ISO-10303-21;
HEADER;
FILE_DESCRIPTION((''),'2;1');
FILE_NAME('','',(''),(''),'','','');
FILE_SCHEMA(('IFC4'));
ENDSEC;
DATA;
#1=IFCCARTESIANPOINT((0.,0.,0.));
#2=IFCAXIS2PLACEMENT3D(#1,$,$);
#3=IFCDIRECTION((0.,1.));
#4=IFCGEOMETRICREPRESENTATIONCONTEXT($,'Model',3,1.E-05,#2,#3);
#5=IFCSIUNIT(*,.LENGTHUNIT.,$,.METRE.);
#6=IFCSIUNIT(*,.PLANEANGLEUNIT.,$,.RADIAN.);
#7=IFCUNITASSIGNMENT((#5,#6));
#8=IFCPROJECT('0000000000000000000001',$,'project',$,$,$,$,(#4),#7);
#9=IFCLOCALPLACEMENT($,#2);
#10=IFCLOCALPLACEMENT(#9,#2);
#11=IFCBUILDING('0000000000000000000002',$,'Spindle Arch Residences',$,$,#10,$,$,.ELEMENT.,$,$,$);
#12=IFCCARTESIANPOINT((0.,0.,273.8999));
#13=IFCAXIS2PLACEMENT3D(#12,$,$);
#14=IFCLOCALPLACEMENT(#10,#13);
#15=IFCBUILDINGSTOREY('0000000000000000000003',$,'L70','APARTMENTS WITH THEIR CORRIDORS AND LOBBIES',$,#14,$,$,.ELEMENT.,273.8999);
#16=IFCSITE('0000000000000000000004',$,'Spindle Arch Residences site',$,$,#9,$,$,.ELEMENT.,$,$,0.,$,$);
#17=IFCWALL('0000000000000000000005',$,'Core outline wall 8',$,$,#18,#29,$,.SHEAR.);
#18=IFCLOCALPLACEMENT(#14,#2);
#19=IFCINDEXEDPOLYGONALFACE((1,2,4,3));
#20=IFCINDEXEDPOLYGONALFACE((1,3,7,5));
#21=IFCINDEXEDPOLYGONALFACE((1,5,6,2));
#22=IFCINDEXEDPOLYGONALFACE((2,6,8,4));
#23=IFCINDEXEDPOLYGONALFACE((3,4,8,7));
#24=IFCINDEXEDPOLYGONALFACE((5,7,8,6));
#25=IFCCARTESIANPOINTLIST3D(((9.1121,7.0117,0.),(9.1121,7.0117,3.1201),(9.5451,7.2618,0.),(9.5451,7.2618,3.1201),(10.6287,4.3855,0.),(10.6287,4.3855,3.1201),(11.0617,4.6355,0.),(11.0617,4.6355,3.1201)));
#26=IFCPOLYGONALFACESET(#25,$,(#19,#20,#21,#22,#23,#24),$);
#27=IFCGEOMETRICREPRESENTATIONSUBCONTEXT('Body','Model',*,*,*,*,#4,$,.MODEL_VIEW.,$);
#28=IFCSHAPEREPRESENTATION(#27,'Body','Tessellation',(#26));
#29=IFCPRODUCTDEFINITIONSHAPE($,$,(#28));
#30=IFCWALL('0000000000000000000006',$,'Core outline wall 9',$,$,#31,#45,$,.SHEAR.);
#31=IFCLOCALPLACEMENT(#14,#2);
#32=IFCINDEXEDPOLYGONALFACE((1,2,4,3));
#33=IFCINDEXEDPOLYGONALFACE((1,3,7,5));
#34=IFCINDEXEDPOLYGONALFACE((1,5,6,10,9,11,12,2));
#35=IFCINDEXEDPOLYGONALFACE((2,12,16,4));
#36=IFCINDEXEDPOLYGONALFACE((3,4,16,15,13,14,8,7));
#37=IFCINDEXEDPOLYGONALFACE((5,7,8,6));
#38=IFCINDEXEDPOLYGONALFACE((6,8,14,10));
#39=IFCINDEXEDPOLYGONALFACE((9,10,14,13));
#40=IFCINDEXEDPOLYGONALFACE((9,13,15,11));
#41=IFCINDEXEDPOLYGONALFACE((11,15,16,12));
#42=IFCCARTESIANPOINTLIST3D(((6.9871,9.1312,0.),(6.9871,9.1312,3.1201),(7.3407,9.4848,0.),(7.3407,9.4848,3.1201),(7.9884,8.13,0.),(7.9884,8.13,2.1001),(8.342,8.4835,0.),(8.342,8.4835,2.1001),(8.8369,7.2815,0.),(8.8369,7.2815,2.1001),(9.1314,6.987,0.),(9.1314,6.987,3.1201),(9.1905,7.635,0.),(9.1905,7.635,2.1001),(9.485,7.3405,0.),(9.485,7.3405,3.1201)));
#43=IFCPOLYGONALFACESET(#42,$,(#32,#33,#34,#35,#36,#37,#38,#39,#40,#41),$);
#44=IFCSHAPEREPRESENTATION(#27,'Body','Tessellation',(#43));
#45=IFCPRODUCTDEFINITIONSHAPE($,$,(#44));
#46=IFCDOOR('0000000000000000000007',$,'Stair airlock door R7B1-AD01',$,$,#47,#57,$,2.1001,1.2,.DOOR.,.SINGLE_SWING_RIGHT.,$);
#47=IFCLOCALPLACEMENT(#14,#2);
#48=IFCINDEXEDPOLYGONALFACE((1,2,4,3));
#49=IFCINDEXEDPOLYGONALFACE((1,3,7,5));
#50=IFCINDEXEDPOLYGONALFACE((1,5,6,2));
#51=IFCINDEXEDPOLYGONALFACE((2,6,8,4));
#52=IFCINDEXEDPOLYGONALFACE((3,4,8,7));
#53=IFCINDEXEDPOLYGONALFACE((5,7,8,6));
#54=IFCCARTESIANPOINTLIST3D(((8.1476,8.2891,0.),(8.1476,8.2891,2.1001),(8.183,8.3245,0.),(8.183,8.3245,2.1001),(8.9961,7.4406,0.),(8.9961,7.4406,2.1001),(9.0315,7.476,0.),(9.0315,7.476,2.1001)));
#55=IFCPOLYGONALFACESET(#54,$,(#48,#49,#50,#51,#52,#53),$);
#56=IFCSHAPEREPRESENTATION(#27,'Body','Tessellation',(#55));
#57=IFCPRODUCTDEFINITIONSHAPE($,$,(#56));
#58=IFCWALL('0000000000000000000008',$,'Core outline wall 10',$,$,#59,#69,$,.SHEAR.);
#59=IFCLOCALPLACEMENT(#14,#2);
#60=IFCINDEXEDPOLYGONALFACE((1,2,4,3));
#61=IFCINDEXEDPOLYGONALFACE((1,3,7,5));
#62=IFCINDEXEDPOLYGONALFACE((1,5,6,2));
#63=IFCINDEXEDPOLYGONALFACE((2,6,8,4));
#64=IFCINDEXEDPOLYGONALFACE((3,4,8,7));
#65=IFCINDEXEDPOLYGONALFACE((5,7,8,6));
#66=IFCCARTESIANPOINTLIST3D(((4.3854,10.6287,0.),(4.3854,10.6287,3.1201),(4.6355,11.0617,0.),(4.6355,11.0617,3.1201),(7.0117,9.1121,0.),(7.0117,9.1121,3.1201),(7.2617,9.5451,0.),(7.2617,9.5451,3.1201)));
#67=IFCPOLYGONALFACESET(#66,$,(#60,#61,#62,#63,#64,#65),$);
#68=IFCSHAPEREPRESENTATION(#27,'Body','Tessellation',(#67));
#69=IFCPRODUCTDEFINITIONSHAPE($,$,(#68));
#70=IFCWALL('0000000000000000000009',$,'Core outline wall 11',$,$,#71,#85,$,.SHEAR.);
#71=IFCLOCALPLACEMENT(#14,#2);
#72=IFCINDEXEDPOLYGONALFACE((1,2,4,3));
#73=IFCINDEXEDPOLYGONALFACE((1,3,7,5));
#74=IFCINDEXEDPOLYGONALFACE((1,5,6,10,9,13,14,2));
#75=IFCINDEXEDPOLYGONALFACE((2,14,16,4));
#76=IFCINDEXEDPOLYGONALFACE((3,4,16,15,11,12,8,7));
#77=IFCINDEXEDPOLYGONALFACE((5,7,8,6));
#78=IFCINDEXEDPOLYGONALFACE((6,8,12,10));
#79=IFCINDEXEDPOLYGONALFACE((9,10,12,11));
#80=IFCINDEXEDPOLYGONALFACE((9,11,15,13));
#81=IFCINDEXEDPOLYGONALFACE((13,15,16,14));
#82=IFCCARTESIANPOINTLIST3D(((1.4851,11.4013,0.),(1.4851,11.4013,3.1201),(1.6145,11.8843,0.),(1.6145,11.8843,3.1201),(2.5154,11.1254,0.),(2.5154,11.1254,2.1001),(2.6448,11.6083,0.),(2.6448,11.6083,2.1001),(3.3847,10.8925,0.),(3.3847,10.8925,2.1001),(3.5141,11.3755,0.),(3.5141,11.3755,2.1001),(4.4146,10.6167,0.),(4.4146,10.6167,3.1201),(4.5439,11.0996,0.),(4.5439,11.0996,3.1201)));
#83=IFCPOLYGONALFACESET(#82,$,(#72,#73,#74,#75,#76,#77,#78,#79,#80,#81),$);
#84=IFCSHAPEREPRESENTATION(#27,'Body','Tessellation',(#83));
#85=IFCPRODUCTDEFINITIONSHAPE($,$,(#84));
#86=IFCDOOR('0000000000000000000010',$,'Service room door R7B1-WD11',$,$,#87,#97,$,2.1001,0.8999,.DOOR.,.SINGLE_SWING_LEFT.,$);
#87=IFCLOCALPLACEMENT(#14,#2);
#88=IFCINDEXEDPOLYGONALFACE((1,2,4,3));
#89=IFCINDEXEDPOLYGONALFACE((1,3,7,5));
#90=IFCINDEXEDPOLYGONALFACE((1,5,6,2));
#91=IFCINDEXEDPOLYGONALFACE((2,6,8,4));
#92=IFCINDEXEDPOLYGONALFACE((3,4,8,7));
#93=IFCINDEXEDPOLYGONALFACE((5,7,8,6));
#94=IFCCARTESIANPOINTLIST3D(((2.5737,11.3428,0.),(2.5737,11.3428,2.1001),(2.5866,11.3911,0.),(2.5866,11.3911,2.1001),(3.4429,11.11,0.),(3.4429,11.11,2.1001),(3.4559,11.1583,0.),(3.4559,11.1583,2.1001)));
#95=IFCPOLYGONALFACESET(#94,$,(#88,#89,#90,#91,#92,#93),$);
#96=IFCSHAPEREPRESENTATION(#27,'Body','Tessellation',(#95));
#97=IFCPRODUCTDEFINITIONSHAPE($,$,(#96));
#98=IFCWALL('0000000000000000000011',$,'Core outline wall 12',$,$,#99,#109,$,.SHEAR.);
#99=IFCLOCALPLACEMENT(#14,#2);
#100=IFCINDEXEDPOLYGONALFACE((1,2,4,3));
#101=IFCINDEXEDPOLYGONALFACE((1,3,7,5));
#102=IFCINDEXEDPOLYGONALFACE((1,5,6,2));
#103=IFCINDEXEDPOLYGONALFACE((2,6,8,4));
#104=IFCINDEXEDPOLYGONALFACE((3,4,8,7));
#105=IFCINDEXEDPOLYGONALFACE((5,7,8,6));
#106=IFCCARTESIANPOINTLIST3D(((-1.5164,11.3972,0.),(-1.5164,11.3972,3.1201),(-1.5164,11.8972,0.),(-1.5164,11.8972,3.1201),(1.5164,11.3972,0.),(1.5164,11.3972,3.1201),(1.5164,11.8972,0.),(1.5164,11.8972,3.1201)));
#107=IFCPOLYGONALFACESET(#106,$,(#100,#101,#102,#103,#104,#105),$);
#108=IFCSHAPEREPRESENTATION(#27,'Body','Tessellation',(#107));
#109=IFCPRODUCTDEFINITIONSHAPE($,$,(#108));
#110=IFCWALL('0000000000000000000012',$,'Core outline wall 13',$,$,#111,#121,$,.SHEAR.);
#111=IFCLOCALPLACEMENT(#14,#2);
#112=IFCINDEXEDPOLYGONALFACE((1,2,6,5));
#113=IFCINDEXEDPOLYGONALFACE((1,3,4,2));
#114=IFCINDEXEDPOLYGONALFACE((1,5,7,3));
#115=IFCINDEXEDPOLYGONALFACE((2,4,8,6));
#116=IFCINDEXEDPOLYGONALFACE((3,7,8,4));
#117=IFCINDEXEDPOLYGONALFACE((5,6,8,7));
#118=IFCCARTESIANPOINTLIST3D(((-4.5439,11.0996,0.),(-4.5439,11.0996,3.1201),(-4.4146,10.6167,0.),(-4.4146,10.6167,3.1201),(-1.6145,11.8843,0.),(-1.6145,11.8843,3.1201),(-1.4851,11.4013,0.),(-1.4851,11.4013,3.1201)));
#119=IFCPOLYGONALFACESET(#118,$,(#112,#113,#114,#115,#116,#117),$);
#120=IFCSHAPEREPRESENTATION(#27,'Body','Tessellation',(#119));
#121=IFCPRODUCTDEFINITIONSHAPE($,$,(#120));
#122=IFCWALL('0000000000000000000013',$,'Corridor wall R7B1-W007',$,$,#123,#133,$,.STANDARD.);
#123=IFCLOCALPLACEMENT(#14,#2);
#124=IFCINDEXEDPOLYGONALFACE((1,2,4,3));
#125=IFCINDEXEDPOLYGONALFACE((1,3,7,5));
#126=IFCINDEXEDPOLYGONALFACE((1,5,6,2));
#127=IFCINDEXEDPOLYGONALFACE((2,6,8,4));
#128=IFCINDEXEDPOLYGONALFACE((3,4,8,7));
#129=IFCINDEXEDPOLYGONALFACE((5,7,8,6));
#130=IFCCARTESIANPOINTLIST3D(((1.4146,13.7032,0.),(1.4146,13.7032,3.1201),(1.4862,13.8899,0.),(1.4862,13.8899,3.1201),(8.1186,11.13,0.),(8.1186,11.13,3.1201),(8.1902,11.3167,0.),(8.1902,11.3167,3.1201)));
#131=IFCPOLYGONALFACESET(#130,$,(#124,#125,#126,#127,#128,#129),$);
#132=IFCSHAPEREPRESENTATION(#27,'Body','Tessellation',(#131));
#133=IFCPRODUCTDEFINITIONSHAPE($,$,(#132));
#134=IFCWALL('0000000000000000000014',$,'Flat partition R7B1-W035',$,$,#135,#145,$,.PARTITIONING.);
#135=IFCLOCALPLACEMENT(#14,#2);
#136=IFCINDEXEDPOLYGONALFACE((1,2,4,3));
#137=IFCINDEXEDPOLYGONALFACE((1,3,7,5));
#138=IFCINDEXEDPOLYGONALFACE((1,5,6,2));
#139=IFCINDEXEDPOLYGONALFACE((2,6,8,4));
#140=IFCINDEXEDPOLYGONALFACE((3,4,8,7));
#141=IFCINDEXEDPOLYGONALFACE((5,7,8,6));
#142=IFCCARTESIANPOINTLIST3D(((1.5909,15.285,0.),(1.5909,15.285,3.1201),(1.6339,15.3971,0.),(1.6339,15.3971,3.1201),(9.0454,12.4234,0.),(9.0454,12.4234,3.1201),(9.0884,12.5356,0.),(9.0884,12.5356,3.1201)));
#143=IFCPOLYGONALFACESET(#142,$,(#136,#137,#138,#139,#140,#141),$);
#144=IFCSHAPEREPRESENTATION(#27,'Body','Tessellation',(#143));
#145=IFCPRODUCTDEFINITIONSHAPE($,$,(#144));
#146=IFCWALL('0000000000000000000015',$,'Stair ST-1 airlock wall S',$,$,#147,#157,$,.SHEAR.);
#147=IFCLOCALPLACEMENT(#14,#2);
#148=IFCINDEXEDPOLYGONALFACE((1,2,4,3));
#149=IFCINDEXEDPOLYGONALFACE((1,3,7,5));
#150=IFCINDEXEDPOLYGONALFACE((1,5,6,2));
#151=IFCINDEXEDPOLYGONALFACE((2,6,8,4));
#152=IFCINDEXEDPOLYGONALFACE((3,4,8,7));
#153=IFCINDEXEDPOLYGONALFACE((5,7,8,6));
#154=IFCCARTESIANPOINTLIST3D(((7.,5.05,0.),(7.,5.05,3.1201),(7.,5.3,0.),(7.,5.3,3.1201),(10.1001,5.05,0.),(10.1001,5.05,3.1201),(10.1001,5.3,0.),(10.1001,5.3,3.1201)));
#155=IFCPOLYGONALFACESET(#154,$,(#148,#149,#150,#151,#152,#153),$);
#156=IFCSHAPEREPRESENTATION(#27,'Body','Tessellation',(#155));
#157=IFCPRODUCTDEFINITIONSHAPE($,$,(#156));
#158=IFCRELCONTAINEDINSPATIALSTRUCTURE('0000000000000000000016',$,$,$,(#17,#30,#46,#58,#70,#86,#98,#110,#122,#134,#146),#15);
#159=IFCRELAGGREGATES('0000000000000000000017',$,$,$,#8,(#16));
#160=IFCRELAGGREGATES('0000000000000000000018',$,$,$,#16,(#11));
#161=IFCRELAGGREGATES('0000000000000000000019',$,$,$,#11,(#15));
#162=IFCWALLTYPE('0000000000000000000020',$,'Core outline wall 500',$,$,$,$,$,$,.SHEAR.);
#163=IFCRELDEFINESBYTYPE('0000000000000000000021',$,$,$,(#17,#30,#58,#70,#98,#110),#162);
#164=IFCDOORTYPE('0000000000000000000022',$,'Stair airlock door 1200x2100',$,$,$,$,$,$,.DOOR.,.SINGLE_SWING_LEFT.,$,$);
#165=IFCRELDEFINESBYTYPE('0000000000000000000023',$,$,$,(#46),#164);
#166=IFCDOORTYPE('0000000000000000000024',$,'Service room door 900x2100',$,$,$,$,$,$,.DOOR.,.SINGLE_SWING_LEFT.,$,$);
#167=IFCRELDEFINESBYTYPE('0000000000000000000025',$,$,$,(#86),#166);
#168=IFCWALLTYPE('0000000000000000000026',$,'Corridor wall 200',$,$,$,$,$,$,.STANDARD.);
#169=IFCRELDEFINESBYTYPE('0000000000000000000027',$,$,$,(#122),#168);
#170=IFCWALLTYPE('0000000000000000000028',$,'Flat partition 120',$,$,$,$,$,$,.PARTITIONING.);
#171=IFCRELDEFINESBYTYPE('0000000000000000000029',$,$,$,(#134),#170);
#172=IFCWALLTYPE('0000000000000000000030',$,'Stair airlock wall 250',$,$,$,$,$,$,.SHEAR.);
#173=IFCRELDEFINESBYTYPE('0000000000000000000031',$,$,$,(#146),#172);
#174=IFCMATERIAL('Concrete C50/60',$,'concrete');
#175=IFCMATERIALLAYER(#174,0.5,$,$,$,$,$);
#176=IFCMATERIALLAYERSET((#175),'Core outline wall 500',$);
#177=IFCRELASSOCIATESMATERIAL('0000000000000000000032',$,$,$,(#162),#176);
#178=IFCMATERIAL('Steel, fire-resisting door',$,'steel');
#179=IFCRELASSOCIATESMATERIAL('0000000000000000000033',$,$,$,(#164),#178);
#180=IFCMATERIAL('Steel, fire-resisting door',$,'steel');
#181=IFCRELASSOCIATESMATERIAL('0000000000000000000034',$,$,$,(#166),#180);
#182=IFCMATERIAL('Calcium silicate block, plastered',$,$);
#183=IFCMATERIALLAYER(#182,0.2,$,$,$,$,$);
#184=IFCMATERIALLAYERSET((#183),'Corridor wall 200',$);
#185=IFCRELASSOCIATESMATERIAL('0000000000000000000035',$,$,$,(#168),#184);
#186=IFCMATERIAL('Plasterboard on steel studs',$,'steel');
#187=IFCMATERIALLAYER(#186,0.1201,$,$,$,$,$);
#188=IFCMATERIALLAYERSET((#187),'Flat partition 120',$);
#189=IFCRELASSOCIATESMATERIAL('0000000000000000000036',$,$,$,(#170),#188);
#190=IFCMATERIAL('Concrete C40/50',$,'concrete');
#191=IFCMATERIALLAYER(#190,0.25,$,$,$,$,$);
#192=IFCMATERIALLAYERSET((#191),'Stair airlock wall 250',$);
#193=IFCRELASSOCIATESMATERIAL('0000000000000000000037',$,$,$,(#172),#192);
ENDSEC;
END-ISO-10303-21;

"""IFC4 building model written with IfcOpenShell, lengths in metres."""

from ifc_helpers import new_model, si_unit, direction, frame, frame_2d, origin, place, context, subcontext, project, spatial, rectangle, extrude, material, layer, layer_set, type_object, element, fill, save


model = new_model("IFC4")

# Units and contexts
model_context = context("Model", 3, precision=1e-05, world=origin(), true_north=direction((0.0, 1.0)))
body_context = subcontext(model_context, "Body", "Model", "MODEL_VIEW")
ifc_project = project(units=[si_unit("LENGTHUNIT", "METRE"), si_unit("PLANEANGLEUNIT", "RADIAN")], contexts=[model_context])

# Site, building, storey
site_placement = place(None, origin())
site = spatial("IfcSite", under=ifc_project, at=site_placement, Name="Spindle Arch Residences site", CompositionType="ELEMENT", RefElevation=0.0)
building_placement = place(site_placement, origin())
building = spatial("IfcBuilding", under=site, at=building_placement, Name="Spindle Arch Residences", CompositionType="ELEMENT")
storey_placement = place(building_placement, frame((0.0, 0.0, 273.8999)))
storey = spatial("IfcBuildingStorey", under=building, at=storey_placement, Name="L70", Description="APARTMENTS WITH THEIR CORRIDORS AND LOBBIES", CompositionType="ELEMENT", Elevation=273.8999)

# Wall
ifc_material_1 = material(Name="Concrete C50/60", Category="concrete")
ifc_layer_1 = layer(ifc_material_1, 0.5)
ifc_layer_set_1 = layer_set([ifc_layer_1], Name="Core outline wall 500")
wall_type_1 = type_object("IfcWallType", Name="Core outline wall 500", PredefinedType="SHEAR", material=ifc_layer_set_1)
wall_1_placement = place(storey_placement, frame((10.8452, 4.5105, 0.0), z_axis=(0.0, 0.0, 1.0), x_axis=(-0.500087, 0.865975, 0.0)))
element("IfcWall", 1, at=wall_1_placement, inside=storey, type_object=wall_type_1, Name="Core outline wall 8", PredefinedType="SHEAR", context=body_context, shape_type="SweptSolid", body=[
    extrude(rectangle(XDim=3.0327, YDim=0.5, at=frame_2d((1.5164, 0.0))), origin(), (0.0, 0.0, 1.0), 3.1201),
])

# Wall, opening, door
wall_2_placement = place(storey_placement, frame((9.3081, 7.1638, 0.0), z_axis=(0.0, 0.0, 1.0), x_axis=(-0.707107, 0.707107, 0.0)))
wall_2 = element("IfcWall", 2, at=wall_2_placement, inside=storey, type_object=wall_type_1, Name="Core outline wall 9", PredefinedType="SHEAR", context=body_context, shape_type="SweptSolid", body=[
    extrude(rectangle(XDim=3.0325, YDim=0.5, at=frame_2d((1.5161, 0.0))), origin(), (0.0, 0.0, 1.0), 3.1201),
])
opening_1_placement = place(wall_2_placement, frame((0.4163, 0.0, 0.0)))
opening_1 = element("IfcOpeningElement", 3, at=opening_1_placement, cuts=wall_2, PredefinedType="OPENING", context=body_context, shape_type="SweptSolid", body=[
    extrude(rectangle(XDim=1.2, YDim=2.1001, at=frame_2d((0.6001, 1.05))), frame((0.0, 0.26, 0.0), z_axis=(0.0, -1.0, 0.0), x_axis=(1.0, 0.0, 0.0)), (0.0, 0.0, 1.0), 0.52),
])
ifc_material_2 = material(Name="Steel, fire-resisting door", Category="steel")
door_type_1 = type_object("IfcDoorType", Name="Stair airlock door 1200x2100", OperationType="SINGLE_SWING_LEFT", PredefinedType="DOOR", material=ifc_material_2)
door_1_placement = place(opening_1_placement, origin())
door_1 = element("IfcDoor", 4, at=door_1_placement, inside=storey, type_object=door_type_1, Name="Stair airlock door R7B1-AD01", OperationType="SINGLE_SWING_RIGHT", OverallHeight=2.1001, OverallWidth=1.2, PredefinedType="DOOR", context=body_context, shape_type="SweptSolid", body=[
    extrude(rectangle(XDim=1.2, YDim=2.1001, at=frame_2d((0.6001, 1.05))), frame((0.0, 0.0249, 0.0), z_axis=(0.0, -1.0, 0.0), x_axis=(1.0, 0.0, 0.0)), (0.0, 0.0, 1.0), 0.05),
])
fill(opening_1, door_1)

# Wall
wall_3_placement = place(storey_placement, frame((7.1367, 9.3286, 0.0), z_axis=(0.0, 0.0, 1.0), x_axis=(-0.865975, 0.500087, 0.0)))
element("IfcWall", 5, at=wall_3_placement, inside=storey, type_object=wall_type_1, Name="Core outline wall 10", PredefinedType="SHEAR", context=body_context, shape_type="SweptSolid", body=[
    extrude(rectangle(XDim=3.0327, YDim=0.5, at=frame_2d((1.5164, 0.0))), origin(), (0.0, 0.0, 1.0), 3.1201),
])

# Wall, opening, door
wall_4_placement = place(storey_placement, frame((4.4792, 10.8582, 0.0), z_axis=(0.0, 0.0, 1.0), x_axis=(-0.965948, 0.258735, 0.0)))
wall_4 = element("IfcWall", 6, at=wall_4_placement, inside=storey, type_object=wall_type_1, Name="Core outline wall 11", PredefinedType="SHEAR", context=body_context, shape_type="SweptSolid", body=[
    extrude(rectangle(XDim=3.0327, YDim=0.5, at=frame_2d((1.5164, 0.0))), origin(), (0.0, 0.0, 1.0), 3.1201),
])
opening_2_placement = place(wall_4_placement, frame((1.0662, 0.0, 0.0)))
opening_2 = element("IfcOpeningElement", 7, at=opening_2_placement, cuts=wall_4, PredefinedType="OPENING", context=body_context, shape_type="SweptSolid", body=[
    extrude(rectangle(XDim=0.8999, YDim=2.1001, at=frame_2d((0.45, 1.05))), frame((0.0, 0.26, 0.0), z_axis=(0.0, -1.0, 0.0), x_axis=(1.0, 0.0, 0.0)), (0.0, 0.0, 1.0), 0.52),
])
ifc_material_3 = material(Name="Steel, fire-resisting door", Category="steel")
door_type_2 = type_object("IfcDoorType", Name="Service room door 900x2100", OperationType="SINGLE_SWING_LEFT", PredefinedType="DOOR", material=ifc_material_3)
door_2_placement = place(opening_2_placement, origin())
door_2 = element("IfcDoor", 8, at=door_2_placement, inside=storey, type_object=door_type_2, Name="Service room door R7B1-WD11", OperationType="SINGLE_SWING_LEFT", OverallHeight=2.1001, OverallWidth=0.8999, PredefinedType="DOOR", context=body_context, shape_type="SweptSolid", body=[
    extrude(rectangle(XDim=0.8999, YDim=2.1001, at=frame_2d((0.45, 1.05))), frame((0.0, 0.0249, 0.0), z_axis=(0.0, -1.0, 0.0), x_axis=(1.0, 0.0, 0.0)), (0.0, 0.0, 1.0), 0.05),
])
fill(opening_2, door_2)

# Walls
for number, where, z_axis, x_axis, name in (
    (9, (1.5164, 11.6472, 0.0), (0.0, 0.0, 1.0), (-1.0, 0.0, 0.0), "Core outline wall 12"),
    (10, (-1.5498, 11.6428, 0.0), (0.0, 0.0, 1.0), (-0.965948, -0.258735, 0.0), "Core outline wall 13"),
):
    element("IfcWall", number, at=place(storey_placement, frame(where, z_axis=z_axis, x_axis=x_axis)), inside=storey, type_object=wall_type_1, Name=name, PredefinedType="SHEAR", context=body_context, shape_type="SweptSolid", body=[
        extrude(rectangle(XDim=3.0327, YDim=0.5, at=frame_2d((1.5164, 0.0))), origin(), (0.0, 0.0, 1.0), 3.1201),
    ])
ifc_material_4 = material(Name="Calcium silicate block, plastered")
ifc_layer_2 = layer(ifc_material_4, 0.2)
ifc_layer_set_2 = layer_set([ifc_layer_2], Name="Corridor wall 200")
wall_type_2 = type_object("IfcWallType", Name="Corridor wall 200", PredefinedType="STANDARD", material=ifc_layer_set_2)
wall_5_placement = place(storey_placement, frame((8.1543, 11.2234, 0.0), z_axis=(0.0, 0.0, 1.0), x_axis=(-0.933591, 0.358341, 0.0)))
element("IfcWall", 11, at=wall_5_placement, inside=storey, type_object=wall_type_2, Name="Corridor wall R7B1-W007", PredefinedType="STANDARD", context=body_context, shape_type="SweptSolid", body=[
    extrude(rectangle(XDim=7.1809, YDim=0.2, at=frame_2d((3.5903, 0.0))), origin(), (0.0, 0.0, 1.0), 3.1201),
])

# Walls
ifc_material_5 = material(Name="Plasterboard on steel studs", Category="steel")
ifc_layer_3 = layer(ifc_material_5, 0.1201)
ifc_layer_set_3 = layer_set([ifc_layer_3], Name="Flat partition 120")
wall_type_3 = type_object("IfcWallType", Name="Flat partition 120", PredefinedType="PARTITIONING", material=ifc_layer_set_3)
wall_6_placement = place(storey_placement, frame((9.0669, 12.4795, 0.0), z_axis=(0.0, 0.0, 1.0), x_axis=(-0.933579, 0.35837, 0.0)))
element("IfcWall", 12, at=wall_6_placement, inside=storey, type_object=wall_type_3, Name="Flat partition R7B1-W035", PredefinedType="PARTITIONING", context=body_context, shape_type="SweptSolid", body=[
    extrude(rectangle(XDim=7.9849, YDim=0.1201, at=frame_2d((3.9924, 0.0))), origin(), (0.0, 0.0, 1.0), 3.1201),
])
ifc_material_6 = material(Name="Concrete C40/50", Category="concrete")
ifc_layer_4 = layer(ifc_material_6, 0.25)
ifc_layer_set_4 = layer_set([ifc_layer_4], Name="Stair airlock wall 250")
wall_type_4 = type_object("IfcWallType", Name="Stair airlock wall 250", PredefinedType="SHEAR", material=ifc_layer_set_4)
wall_7_placement = place(storey_placement, frame((7.0, 5.175, 0.0), z_axis=(0.0, 0.0, 1.0), x_axis=(1.0, 0.0, 0.0)))
element("IfcWall", 13, at=wall_7_placement, inside=storey, type_object=wall_type_4, Name="Stair ST-1 airlock wall S", PredefinedType="SHEAR", context=body_context, shape_type="SweptSolid", body=[
    extrude(rectangle(XDim=3.1001, YDim=0.25, at=frame_2d((1.55, 0.0))), origin(), (0.0, 0.0, 1.0), 3.1201),
])

save(model, "model.ifc")
